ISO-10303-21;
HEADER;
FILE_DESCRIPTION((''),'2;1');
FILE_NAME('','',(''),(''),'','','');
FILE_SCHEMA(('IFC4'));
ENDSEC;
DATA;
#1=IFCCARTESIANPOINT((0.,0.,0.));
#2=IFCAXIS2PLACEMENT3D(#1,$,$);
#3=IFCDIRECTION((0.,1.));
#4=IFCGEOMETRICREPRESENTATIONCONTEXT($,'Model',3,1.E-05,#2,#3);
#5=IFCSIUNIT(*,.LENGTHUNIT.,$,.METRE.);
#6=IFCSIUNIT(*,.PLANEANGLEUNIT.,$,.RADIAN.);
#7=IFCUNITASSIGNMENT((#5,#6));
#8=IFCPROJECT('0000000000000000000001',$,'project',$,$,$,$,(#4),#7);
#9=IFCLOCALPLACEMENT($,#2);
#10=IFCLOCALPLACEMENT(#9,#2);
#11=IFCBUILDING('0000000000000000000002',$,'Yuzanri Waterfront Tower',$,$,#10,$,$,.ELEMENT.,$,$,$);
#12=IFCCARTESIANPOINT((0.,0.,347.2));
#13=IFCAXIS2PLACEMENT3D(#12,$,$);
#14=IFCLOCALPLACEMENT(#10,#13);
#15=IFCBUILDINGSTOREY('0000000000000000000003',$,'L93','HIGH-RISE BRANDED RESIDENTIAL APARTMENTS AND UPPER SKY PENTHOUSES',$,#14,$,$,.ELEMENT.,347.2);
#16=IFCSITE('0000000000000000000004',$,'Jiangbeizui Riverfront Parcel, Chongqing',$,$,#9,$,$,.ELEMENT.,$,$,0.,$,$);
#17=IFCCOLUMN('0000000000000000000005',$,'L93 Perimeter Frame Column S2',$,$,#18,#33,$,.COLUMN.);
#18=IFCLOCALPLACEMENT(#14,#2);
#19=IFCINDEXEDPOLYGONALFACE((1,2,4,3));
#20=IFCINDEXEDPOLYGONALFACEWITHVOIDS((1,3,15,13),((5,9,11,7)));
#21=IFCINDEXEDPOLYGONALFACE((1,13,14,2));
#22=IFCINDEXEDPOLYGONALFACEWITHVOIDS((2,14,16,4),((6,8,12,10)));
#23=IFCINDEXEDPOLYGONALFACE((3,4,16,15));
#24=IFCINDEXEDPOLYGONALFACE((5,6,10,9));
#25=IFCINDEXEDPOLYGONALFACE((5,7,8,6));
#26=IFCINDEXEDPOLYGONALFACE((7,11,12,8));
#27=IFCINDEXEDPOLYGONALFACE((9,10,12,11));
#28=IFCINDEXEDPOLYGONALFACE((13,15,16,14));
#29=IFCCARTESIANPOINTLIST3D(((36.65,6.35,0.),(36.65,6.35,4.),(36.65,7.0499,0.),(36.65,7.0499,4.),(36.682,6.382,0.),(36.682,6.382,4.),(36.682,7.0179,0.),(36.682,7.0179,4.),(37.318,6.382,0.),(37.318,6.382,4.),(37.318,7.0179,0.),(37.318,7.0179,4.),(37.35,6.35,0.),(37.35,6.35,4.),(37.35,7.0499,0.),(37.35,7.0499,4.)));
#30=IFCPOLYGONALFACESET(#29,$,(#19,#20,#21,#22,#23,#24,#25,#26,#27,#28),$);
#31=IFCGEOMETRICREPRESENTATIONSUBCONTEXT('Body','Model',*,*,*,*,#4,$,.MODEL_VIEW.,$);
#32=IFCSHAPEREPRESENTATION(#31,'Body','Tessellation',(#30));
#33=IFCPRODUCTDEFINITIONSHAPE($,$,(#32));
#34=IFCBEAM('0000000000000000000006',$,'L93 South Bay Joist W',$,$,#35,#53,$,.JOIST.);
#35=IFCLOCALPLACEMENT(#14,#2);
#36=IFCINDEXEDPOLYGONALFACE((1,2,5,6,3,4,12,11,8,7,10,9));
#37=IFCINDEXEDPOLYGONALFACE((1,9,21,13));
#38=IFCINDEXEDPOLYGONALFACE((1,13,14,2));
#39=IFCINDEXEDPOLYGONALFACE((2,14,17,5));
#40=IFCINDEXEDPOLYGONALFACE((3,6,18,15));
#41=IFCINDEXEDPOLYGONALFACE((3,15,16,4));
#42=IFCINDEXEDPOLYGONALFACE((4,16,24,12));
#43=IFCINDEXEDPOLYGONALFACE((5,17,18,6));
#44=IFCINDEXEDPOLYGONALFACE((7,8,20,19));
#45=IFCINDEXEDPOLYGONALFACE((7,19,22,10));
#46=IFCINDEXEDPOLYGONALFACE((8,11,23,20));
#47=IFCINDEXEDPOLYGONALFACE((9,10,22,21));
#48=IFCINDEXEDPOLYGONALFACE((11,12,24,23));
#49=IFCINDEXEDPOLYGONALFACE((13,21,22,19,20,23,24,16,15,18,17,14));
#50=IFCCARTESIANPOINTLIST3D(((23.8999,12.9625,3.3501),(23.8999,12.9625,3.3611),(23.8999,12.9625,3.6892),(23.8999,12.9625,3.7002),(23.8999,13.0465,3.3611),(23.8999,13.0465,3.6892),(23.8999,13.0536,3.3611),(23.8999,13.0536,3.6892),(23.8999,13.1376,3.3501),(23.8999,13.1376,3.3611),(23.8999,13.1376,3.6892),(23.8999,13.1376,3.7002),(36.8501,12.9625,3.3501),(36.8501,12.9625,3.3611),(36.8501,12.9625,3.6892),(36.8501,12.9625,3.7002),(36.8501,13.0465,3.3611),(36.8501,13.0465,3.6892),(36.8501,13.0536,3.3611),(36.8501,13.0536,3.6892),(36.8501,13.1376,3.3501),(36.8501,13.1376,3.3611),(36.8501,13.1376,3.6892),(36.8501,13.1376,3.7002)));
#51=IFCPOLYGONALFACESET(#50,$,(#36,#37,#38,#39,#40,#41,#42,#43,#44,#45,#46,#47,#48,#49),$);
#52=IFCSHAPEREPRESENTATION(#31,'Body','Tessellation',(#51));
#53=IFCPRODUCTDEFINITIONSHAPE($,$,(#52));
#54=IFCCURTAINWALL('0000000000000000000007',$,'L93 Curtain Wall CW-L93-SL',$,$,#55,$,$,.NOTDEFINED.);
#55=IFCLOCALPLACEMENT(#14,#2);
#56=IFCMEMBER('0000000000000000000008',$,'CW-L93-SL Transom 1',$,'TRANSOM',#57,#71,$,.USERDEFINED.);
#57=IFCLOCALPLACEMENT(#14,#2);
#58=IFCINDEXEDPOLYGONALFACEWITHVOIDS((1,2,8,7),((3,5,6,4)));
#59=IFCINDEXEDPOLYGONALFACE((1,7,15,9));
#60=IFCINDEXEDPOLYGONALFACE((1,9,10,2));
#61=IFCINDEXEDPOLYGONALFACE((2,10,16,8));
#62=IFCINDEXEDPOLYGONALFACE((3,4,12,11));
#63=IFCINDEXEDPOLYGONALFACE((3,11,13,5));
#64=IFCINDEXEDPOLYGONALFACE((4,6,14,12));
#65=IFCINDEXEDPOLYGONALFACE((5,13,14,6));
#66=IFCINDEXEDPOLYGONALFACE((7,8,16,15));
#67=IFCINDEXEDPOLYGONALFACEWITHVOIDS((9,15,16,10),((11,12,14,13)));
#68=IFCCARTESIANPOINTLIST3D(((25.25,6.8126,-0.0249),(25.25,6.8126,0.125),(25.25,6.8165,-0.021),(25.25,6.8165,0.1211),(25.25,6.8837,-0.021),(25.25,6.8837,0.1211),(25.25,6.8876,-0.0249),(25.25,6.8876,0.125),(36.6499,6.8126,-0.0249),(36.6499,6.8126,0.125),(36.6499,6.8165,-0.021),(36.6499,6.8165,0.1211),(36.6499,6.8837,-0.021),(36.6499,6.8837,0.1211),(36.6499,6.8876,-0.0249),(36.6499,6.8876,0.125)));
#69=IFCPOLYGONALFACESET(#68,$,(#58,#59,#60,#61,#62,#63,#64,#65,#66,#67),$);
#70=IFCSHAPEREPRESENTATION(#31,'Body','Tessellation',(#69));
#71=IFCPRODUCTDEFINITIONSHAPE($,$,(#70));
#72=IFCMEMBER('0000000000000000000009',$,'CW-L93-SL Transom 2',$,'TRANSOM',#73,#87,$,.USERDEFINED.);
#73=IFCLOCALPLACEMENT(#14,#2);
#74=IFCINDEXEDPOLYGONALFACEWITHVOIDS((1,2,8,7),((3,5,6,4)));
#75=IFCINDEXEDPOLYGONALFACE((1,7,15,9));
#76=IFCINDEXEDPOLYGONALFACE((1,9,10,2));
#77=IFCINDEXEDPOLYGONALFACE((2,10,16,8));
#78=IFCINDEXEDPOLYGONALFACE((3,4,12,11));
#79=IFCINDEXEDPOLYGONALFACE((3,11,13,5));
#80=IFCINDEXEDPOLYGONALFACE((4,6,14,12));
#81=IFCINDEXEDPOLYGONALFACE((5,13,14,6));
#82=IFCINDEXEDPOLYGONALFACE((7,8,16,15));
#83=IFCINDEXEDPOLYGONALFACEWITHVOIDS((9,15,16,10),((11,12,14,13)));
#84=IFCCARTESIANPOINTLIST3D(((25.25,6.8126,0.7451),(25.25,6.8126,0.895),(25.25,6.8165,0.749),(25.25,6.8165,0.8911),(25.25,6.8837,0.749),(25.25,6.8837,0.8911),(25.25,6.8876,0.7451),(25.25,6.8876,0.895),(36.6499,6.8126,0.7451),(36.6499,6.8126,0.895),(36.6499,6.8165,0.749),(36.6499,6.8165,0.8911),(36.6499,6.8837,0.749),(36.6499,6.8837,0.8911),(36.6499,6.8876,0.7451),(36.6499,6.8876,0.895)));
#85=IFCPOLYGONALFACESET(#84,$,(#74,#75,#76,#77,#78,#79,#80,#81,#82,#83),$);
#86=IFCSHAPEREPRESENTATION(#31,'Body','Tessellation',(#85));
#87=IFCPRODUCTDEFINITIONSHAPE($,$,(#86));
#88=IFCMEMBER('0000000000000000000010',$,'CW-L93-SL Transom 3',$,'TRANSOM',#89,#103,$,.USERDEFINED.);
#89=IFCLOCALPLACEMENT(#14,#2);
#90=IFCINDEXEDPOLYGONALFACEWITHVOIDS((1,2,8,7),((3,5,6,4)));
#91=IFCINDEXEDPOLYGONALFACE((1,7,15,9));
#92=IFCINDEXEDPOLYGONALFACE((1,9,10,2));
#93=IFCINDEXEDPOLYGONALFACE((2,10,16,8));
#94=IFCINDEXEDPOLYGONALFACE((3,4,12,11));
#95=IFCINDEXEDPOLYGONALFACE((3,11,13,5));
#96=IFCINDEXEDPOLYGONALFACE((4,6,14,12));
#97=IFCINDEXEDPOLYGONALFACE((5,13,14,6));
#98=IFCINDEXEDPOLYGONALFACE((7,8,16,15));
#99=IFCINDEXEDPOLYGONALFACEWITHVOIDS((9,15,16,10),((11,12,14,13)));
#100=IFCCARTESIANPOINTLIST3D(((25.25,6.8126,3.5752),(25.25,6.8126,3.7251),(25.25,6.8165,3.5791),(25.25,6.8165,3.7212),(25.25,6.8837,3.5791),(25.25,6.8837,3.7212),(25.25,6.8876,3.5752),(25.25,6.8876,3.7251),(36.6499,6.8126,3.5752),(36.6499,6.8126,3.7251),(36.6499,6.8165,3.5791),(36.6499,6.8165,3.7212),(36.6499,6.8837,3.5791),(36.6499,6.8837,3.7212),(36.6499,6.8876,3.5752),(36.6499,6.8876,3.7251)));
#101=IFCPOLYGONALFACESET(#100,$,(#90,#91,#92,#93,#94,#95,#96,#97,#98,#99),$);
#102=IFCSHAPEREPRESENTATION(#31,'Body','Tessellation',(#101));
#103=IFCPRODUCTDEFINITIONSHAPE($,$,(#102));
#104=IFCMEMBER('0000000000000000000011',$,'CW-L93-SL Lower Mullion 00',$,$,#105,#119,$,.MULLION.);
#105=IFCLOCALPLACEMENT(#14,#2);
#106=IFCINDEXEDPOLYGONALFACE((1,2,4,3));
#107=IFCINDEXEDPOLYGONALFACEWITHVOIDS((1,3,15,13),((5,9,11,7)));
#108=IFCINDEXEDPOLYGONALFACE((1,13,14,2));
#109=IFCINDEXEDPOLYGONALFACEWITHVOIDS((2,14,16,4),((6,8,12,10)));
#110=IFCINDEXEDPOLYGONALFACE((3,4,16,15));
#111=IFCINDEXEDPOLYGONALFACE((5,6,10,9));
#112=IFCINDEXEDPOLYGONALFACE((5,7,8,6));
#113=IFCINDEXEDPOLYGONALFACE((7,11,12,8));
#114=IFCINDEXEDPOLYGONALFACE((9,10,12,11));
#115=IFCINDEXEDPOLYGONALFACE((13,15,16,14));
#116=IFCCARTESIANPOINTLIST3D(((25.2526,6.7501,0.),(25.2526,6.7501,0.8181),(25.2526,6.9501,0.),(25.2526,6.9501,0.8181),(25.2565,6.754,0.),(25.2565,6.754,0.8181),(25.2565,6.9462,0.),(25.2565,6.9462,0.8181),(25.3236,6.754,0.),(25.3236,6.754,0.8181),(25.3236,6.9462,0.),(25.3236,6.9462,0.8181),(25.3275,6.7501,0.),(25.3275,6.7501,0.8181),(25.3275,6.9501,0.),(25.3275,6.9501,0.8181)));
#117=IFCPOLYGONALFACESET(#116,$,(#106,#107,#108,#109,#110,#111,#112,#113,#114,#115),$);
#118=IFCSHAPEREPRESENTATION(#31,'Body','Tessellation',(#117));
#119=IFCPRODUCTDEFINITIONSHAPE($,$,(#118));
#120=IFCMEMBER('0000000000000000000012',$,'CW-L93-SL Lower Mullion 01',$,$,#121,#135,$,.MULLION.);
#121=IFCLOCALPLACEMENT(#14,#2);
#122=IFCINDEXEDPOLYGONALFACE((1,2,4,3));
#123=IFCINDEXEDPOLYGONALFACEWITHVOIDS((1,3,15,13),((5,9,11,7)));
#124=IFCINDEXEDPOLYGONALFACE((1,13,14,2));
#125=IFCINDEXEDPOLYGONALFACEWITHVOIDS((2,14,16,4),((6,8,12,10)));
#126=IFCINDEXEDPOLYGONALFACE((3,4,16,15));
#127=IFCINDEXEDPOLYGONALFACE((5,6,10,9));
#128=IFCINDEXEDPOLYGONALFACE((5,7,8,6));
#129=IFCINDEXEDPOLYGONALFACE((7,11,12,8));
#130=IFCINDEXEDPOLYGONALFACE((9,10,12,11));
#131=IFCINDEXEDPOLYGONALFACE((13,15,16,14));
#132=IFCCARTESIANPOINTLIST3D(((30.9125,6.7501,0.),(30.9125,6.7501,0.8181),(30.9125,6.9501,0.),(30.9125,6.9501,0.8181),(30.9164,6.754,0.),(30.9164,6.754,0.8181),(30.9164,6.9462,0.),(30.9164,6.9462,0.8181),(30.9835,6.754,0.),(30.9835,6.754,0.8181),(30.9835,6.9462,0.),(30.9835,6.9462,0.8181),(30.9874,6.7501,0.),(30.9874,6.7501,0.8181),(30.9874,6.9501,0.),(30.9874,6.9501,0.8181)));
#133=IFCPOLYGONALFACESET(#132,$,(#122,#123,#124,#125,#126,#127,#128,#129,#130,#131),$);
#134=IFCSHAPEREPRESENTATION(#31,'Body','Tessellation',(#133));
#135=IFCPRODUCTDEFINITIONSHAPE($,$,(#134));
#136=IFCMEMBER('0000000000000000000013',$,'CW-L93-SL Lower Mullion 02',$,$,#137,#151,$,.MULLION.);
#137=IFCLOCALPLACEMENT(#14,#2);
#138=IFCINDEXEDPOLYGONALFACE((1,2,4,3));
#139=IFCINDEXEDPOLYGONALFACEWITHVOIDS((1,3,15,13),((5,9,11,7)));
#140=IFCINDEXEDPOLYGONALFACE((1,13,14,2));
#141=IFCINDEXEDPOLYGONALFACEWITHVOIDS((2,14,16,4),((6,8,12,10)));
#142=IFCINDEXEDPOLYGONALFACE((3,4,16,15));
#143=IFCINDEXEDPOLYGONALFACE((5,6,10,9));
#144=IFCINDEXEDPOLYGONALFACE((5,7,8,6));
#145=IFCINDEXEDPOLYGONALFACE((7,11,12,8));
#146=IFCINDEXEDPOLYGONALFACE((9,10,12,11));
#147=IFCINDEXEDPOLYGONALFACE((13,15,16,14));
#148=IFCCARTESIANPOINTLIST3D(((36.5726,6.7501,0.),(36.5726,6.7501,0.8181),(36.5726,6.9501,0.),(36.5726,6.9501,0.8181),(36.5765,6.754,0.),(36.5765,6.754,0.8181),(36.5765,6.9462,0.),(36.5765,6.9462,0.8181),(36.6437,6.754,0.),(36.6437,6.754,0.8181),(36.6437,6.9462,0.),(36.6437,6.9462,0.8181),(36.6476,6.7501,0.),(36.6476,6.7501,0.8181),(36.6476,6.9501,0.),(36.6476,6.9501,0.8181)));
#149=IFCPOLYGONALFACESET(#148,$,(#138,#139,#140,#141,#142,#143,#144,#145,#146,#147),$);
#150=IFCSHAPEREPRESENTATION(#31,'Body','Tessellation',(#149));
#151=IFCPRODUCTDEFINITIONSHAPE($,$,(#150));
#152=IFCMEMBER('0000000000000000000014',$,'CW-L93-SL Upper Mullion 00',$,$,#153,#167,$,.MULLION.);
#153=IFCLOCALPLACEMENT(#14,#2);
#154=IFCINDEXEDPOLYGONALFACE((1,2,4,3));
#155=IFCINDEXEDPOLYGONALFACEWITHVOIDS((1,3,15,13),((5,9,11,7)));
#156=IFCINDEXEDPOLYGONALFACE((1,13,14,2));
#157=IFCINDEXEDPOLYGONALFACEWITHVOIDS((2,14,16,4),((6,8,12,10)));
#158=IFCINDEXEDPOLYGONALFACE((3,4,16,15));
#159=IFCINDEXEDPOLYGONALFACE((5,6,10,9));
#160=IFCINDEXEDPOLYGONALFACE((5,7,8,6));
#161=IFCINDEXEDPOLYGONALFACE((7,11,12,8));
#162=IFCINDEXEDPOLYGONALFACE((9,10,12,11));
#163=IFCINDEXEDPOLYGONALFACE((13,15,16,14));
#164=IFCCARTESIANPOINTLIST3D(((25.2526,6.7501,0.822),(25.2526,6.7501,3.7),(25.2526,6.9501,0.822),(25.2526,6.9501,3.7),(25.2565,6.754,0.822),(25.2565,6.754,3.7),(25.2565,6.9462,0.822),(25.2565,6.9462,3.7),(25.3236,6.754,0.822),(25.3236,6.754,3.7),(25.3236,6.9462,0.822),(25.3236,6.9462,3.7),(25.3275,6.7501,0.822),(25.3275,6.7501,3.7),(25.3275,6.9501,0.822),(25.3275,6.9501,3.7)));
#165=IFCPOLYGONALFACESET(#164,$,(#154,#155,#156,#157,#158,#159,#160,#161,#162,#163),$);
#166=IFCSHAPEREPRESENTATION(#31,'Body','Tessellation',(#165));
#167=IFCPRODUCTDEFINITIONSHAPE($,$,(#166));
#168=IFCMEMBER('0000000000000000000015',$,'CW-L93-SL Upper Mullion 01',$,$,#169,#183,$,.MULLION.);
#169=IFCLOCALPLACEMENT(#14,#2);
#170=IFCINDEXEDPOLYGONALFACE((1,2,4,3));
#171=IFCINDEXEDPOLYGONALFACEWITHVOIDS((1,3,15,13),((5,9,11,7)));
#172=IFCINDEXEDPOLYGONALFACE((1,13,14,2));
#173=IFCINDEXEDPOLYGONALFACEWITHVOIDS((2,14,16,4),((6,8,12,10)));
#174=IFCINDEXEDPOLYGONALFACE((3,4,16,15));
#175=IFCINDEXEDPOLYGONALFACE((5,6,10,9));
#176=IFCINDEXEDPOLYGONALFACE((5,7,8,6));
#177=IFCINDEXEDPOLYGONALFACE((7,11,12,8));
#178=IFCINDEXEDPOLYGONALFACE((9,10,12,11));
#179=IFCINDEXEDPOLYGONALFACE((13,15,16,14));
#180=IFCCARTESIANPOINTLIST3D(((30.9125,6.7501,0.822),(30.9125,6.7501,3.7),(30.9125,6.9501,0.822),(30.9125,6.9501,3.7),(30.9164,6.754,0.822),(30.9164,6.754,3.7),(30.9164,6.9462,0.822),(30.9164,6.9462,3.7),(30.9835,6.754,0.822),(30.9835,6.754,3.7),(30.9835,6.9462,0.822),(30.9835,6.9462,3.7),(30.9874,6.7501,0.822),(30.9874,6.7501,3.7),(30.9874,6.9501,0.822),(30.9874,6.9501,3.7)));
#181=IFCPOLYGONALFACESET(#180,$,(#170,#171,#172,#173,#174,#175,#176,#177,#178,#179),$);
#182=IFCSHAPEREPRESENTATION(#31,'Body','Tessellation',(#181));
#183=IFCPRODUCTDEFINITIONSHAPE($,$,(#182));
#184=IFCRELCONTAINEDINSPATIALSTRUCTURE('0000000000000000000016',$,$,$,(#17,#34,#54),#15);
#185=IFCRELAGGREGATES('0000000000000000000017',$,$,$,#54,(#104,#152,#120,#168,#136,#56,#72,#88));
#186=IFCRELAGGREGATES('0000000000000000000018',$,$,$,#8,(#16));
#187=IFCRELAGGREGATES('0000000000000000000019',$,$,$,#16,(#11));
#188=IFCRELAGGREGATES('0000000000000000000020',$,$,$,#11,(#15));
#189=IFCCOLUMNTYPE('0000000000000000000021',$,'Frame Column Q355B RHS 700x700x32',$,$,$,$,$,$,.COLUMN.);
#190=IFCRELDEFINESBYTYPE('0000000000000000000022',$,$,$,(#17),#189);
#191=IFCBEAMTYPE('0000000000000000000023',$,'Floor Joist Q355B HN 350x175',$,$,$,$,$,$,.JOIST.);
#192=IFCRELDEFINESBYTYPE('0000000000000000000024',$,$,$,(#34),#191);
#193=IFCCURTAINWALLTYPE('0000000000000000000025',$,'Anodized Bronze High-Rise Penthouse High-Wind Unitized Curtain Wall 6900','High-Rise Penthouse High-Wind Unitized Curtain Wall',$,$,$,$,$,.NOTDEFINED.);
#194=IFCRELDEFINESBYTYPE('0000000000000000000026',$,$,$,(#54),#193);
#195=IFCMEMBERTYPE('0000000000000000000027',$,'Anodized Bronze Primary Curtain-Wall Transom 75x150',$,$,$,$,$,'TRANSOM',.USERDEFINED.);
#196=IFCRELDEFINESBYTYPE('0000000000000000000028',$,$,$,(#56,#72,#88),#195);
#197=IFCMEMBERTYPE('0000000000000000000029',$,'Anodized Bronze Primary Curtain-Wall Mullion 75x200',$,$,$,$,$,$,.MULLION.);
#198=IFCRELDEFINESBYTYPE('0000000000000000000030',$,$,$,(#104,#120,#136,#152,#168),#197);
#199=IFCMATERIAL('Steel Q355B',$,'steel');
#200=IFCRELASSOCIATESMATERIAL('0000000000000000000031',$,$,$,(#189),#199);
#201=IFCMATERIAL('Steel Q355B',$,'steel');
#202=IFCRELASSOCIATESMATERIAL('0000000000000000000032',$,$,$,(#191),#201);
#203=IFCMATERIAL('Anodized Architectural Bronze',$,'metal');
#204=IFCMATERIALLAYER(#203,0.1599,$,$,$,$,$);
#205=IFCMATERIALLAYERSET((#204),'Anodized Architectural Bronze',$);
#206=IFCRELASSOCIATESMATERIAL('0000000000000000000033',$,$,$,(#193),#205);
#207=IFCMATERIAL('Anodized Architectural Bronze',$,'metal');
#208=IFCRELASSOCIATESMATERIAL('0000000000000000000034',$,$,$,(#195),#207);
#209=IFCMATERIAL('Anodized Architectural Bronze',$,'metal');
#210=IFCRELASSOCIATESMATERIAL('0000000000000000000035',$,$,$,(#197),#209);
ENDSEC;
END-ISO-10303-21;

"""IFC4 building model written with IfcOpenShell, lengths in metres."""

from ifc_helpers import new_model, si_unit, direction, frame, origin, origin_2d, place, context, subcontext, project, spatial, hollow_rectangle, i_section, extrude, source, transform, mapped, material, layer, layer_set, material_profile, profile_set, type_object, element, aggregate, save


model = new_model("IFC4")

# Units and contexts
model_context = context("Model", 3, precision=1e-05, world=origin(), true_north=direction((0.0, 1.0)))
body_context = subcontext(model_context, "Body", "Model", "MODEL_VIEW")
ifc_project = project(units=[si_unit("LENGTHUNIT", "METRE"), si_unit("PLANEANGLEUNIT", "RADIAN")], contexts=[model_context])

# Site, building, storey
site_placement = place(None, origin())
site = spatial("IfcSite", under=ifc_project, at=site_placement, Name="Jiangbeizui Riverfront Parcel, Chongqing", CompositionType="ELEMENT", RefElevation=0.0)
building_placement = place(site_placement, origin())
building = spatial("IfcBuilding", under=site, at=building_placement, Name="Yuzanri Waterfront Tower", CompositionType="ELEMENT")
storey_placement = place(building_placement, frame((0.0, 0.0, 347.2)))
storey = spatial("IfcBuildingStorey", under=building, at=storey_placement, Name="L93", Description="HIGH-RISE BRANDED RESIDENTIAL APARTMENTS AND UPPER SKY PENTHOUSES", CompositionType="ELEMENT", Elevation=347.2)

# Column
ifc_material_1 = material(Name="Steel Q355B", Category="steel")
ifc_material_profile_1 = material_profile(ifc_material_1, hollow_rectangle(XDim=0.7, YDim=0.7, WallThickness=0.032, at=origin_2d()), Name="RHS 700x700x32")
ifc_profile_set_1 = profile_set([ifc_material_profile_1], Name="Steel Q355B")
column_type = type_object("IfcColumnType", Name="Frame Column Q355B RHS 700x700x32", PredefinedType="COLUMN", material=ifc_profile_set_1)
shared_shape_1 = source(origin(), body_context, "Body", "SweptSolid", [
    extrude(hollow_rectangle(XDim=0.7, YDim=0.7, WallThickness=0.032, at=origin_2d()), origin(), (0.0, 0.0, 1.0), 4.0),
])
column_placement = place(storey_placement, frame((37.0, 6.7, 0.0), z_axis=(0.0, 0.0, 1.0), x_axis=(1.0, 0.0, 0.0)))
element("IfcColumn", 1, at=column_placement, inside=storey, type_object=column_type, Name="L93 Perimeter Frame Column S2", PredefinedType="COLUMN", context=body_context, shape_type="MappedRepresentation", body=[
    mapped(shared_shape_1, transform((0.0, 0.0, 0.0), scale=1.0)),
])

# Beam
ifc_material_2 = material(Name="Steel Q355B", Category="steel")
ifc_material_profile_2 = material_profile(ifc_material_2, i_section(OverallWidth=0.175, OverallDepth=0.3501, WebThickness=0.0071, FlangeThickness=0.011, at=origin_2d()), Name="HN 350x175x7x11")
ifc_profile_set_2 = profile_set([ifc_material_profile_2], Name="Steel Q355B")
beam_type = type_object("IfcBeamType", Name="Floor Joist Q355B HN 350x175", PredefinedType="JOIST", material=ifc_profile_set_2)
shared_shape_2 = source(origin(), body_context, "Body", "SweptSolid", [
    extrude(i_section(OverallWidth=0.175, OverallDepth=0.3501, WebThickness=0.0071, FlangeThickness=0.011, at=origin_2d()), origin(), (0.0, 0.0, 1.0), 12.9502),
])
beam_placement = place(storey_placement, frame((23.8999, 13.05, 3.5251), z_axis=(1.0, 0.0, 0.0), x_axis=(0.0, 1.0, 0.0)))
element("IfcBeam", 2, at=beam_placement, inside=storey, type_object=beam_type, Name="L93 South Bay Joist W", PredefinedType="JOIST", context=body_context, shape_type="MappedRepresentation", body=[
    mapped(shared_shape_2, transform((0.0, 0.0, 0.0), scale=1.0)),
])

# Curtain wall, members
ifc_material_3 = material(Name="Anodized Architectural Bronze", Category="metal")
ifc_layer_1 = layer(ifc_material_3, 0.1599)
ifc_layer_set_1 = layer_set([ifc_layer_1], Name="Anodized Architectural Bronze")
curtain_wall_type = type_object("IfcCurtainWallType", Name="Anodized Bronze High-Rise Penthouse High-Wind Unitized Curtain Wall 6900", Description="High-Rise Penthouse High-Wind Unitized Curtain Wall", PredefinedType="NOTDEFINED", material=ifc_layer_set_1)
curtain_wall_placement = place(storey_placement, origin())
curtain_wall = element("IfcCurtainWall", 3, at=curtain_wall_placement, inside=storey, type_object=curtain_wall_type, Name="L93 Curtain Wall CW-L93-SL", PredefinedType="NOTDEFINED")
ifc_material_4 = material(Name="Anodized Architectural Bronze", Category="metal")
ifc_material_profile_3 = material_profile(ifc_material_4, hollow_rectangle(XDim=0.075, YDim=0.1499, WallThickness=0.0039, at=origin_2d()), Name="CWT 75x150")
ifc_profile_set_3 = profile_set([ifc_material_profile_3], Name="Anodized Architectural Bronze")
member_type_1 = type_object("IfcMemberType", Name="Anodized Bronze Primary Curtain-Wall Transom 75x150", ElementType="TRANSOM", PredefinedType="USERDEFINED", material=ifc_profile_set_3)
shared_shape_3 = source(origin(), body_context, "Body", "SweptSolid", [
    extrude(hollow_rectangle(XDim=0.075, YDim=0.1499, WallThickness=0.0039, at=origin_2d()), origin(), (0.0, 0.0, 1.0), 11.3999),
])
member_1_placement = place(storey_placement, frame((25.25, 6.8501, 0.05), z_axis=(1.0, 0.0, 0.0), x_axis=(0.0, 1.0, 0.0)))
member_1 = element("IfcMember", 4, at=member_1_placement, type_object=member_type_1, Name="CW-L93-SL Transom 1", ObjectType="TRANSOM", PredefinedType="USERDEFINED", context=body_context, shape_type="MappedRepresentation", body=[
    mapped(shared_shape_3, transform((0.0, 0.0, 0.0), scale=1.0)),
])
member_2_placement = place(storey_placement, frame((25.25, 6.8501, 0.8201), z_axis=(1.0, 0.0, 0.0), x_axis=(0.0, 1.0, 0.0)))
member_2 = element("IfcMember", 5, at=member_2_placement, type_object=member_type_1, Name="CW-L93-SL Transom 2", ObjectType="TRANSOM", PredefinedType="USERDEFINED", context=body_context, shape_type="MappedRepresentation", body=[
    mapped(shared_shape_3, transform((0.0, 0.0, 0.0), scale=1.0)),
])
member_3_placement = place(storey_placement, frame((25.25, 6.8501, 3.6501), z_axis=(1.0, 0.0, 0.0), x_axis=(0.0, 1.0, 0.0)))
member_3 = element("IfcMember", 6, at=member_3_placement, type_object=member_type_1, Name="CW-L93-SL Transom 3", ObjectType="TRANSOM", PredefinedType="USERDEFINED", context=body_context, shape_type="MappedRepresentation", body=[
    mapped(shared_shape_3, transform((0.0, 0.0, 0.0), scale=1.0)),
])
ifc_material_5 = material(Name="Anodized Architectural Bronze", Category="metal")
ifc_material_profile_4 = material_profile(ifc_material_5, hollow_rectangle(XDim=0.075, YDim=0.2, WallThickness=0.0039, at=origin_2d()), Name="CWM 75x200")
ifc_profile_set_4 = profile_set([ifc_material_profile_4], Name="Anodized Architectural Bronze")
member_type_2 = type_object("IfcMemberType", Name="Anodized Bronze Primary Curtain-Wall Mullion 75x200", PredefinedType="MULLION", material=ifc_profile_set_4)
shared_shape_4 = source(origin(), body_context, "Body", "SweptSolid", [
    extrude(hollow_rectangle(XDim=0.075, YDim=0.2, WallThickness=0.0039, at=origin_2d()), origin(), (0.0, 0.0, 1.0), 0.8181),
])
member_4_placement = place(storey_placement, frame((25.29, 6.8501, 0.0), z_axis=(0.0, 0.0, 1.0), x_axis=(1.0, 0.0, 0.0)))
member_4 = element("IfcMember", 7, at=member_4_placement, type_object=member_type_2, Name="CW-L93-SL Lower Mullion 00", PredefinedType="MULLION", context=body_context, shape_type="MappedRepresentation", body=[
    mapped(shared_shape_4, transform((0.0, 0.0, 0.0), scale=1.0)),
])
member_5_placement = place(storey_placement, frame((30.95, 6.8501, 0.0), z_axis=(0.0, 0.0, 1.0), x_axis=(1.0, 0.0, 0.0)))
member_5 = element("IfcMember", 8, at=member_5_placement, type_object=member_type_2, Name="CW-L93-SL Lower Mullion 01", PredefinedType="MULLION", context=body_context, shape_type="MappedRepresentation", body=[
    mapped(shared_shape_4, transform((0.0, 0.0, 0.0), scale=1.0)),
])
member_6_placement = place(storey_placement, frame((36.6101, 6.8501, 0.0), z_axis=(0.0, 0.0, 1.0), x_axis=(1.0, 0.0, 0.0)))
member_6 = element("IfcMember", 9, at=member_6_placement, type_object=member_type_2, Name="CW-L93-SL Lower Mullion 02", PredefinedType="MULLION", context=body_context, shape_type="MappedRepresentation", body=[
    mapped(shared_shape_4, transform((0.0, 0.0, 0.0), scale=1.0)),
])
shared_shape_5 = source(origin(), body_context, "Body", "SweptSolid", [
    extrude(hollow_rectangle(XDim=0.075, YDim=0.2, WallThickness=0.0039, at=origin_2d()), origin(), (0.0, 0.0, 1.0), 2.8779),
])
member_7_placement = place(storey_placement, frame((25.29, 6.8501, 0.822), z_axis=(0.0, 0.0, 1.0), x_axis=(1.0, 0.0, 0.0)))
member_7 = element("IfcMember", 10, at=member_7_placement, type_object=member_type_2, Name="CW-L93-SL Upper Mullion 00", PredefinedType="MULLION", context=body_context, shape_type="MappedRepresentation", body=[
    mapped(shared_shape_5, transform((0.0, 0.0, 0.0), scale=1.0)),
])
member_8_placement = place(storey_placement, frame((30.95, 6.8501, 0.822), z_axis=(0.0, 0.0, 1.0), x_axis=(1.0, 0.0, 0.0)))
member_8 = element("IfcMember", 11, at=member_8_placement, type_object=member_type_2, Name="CW-L93-SL Upper Mullion 01", PredefinedType="MULLION", context=body_context, shape_type="MappedRepresentation", body=[
    mapped(shared_shape_5, transform((0.0, 0.0, 0.0), scale=1.0)),
])

aggregate(curtain_wall, [member_4, member_7, member_5, member_8, member_6, member_1, member_2, member_3])

save(model, "model.ifc")
